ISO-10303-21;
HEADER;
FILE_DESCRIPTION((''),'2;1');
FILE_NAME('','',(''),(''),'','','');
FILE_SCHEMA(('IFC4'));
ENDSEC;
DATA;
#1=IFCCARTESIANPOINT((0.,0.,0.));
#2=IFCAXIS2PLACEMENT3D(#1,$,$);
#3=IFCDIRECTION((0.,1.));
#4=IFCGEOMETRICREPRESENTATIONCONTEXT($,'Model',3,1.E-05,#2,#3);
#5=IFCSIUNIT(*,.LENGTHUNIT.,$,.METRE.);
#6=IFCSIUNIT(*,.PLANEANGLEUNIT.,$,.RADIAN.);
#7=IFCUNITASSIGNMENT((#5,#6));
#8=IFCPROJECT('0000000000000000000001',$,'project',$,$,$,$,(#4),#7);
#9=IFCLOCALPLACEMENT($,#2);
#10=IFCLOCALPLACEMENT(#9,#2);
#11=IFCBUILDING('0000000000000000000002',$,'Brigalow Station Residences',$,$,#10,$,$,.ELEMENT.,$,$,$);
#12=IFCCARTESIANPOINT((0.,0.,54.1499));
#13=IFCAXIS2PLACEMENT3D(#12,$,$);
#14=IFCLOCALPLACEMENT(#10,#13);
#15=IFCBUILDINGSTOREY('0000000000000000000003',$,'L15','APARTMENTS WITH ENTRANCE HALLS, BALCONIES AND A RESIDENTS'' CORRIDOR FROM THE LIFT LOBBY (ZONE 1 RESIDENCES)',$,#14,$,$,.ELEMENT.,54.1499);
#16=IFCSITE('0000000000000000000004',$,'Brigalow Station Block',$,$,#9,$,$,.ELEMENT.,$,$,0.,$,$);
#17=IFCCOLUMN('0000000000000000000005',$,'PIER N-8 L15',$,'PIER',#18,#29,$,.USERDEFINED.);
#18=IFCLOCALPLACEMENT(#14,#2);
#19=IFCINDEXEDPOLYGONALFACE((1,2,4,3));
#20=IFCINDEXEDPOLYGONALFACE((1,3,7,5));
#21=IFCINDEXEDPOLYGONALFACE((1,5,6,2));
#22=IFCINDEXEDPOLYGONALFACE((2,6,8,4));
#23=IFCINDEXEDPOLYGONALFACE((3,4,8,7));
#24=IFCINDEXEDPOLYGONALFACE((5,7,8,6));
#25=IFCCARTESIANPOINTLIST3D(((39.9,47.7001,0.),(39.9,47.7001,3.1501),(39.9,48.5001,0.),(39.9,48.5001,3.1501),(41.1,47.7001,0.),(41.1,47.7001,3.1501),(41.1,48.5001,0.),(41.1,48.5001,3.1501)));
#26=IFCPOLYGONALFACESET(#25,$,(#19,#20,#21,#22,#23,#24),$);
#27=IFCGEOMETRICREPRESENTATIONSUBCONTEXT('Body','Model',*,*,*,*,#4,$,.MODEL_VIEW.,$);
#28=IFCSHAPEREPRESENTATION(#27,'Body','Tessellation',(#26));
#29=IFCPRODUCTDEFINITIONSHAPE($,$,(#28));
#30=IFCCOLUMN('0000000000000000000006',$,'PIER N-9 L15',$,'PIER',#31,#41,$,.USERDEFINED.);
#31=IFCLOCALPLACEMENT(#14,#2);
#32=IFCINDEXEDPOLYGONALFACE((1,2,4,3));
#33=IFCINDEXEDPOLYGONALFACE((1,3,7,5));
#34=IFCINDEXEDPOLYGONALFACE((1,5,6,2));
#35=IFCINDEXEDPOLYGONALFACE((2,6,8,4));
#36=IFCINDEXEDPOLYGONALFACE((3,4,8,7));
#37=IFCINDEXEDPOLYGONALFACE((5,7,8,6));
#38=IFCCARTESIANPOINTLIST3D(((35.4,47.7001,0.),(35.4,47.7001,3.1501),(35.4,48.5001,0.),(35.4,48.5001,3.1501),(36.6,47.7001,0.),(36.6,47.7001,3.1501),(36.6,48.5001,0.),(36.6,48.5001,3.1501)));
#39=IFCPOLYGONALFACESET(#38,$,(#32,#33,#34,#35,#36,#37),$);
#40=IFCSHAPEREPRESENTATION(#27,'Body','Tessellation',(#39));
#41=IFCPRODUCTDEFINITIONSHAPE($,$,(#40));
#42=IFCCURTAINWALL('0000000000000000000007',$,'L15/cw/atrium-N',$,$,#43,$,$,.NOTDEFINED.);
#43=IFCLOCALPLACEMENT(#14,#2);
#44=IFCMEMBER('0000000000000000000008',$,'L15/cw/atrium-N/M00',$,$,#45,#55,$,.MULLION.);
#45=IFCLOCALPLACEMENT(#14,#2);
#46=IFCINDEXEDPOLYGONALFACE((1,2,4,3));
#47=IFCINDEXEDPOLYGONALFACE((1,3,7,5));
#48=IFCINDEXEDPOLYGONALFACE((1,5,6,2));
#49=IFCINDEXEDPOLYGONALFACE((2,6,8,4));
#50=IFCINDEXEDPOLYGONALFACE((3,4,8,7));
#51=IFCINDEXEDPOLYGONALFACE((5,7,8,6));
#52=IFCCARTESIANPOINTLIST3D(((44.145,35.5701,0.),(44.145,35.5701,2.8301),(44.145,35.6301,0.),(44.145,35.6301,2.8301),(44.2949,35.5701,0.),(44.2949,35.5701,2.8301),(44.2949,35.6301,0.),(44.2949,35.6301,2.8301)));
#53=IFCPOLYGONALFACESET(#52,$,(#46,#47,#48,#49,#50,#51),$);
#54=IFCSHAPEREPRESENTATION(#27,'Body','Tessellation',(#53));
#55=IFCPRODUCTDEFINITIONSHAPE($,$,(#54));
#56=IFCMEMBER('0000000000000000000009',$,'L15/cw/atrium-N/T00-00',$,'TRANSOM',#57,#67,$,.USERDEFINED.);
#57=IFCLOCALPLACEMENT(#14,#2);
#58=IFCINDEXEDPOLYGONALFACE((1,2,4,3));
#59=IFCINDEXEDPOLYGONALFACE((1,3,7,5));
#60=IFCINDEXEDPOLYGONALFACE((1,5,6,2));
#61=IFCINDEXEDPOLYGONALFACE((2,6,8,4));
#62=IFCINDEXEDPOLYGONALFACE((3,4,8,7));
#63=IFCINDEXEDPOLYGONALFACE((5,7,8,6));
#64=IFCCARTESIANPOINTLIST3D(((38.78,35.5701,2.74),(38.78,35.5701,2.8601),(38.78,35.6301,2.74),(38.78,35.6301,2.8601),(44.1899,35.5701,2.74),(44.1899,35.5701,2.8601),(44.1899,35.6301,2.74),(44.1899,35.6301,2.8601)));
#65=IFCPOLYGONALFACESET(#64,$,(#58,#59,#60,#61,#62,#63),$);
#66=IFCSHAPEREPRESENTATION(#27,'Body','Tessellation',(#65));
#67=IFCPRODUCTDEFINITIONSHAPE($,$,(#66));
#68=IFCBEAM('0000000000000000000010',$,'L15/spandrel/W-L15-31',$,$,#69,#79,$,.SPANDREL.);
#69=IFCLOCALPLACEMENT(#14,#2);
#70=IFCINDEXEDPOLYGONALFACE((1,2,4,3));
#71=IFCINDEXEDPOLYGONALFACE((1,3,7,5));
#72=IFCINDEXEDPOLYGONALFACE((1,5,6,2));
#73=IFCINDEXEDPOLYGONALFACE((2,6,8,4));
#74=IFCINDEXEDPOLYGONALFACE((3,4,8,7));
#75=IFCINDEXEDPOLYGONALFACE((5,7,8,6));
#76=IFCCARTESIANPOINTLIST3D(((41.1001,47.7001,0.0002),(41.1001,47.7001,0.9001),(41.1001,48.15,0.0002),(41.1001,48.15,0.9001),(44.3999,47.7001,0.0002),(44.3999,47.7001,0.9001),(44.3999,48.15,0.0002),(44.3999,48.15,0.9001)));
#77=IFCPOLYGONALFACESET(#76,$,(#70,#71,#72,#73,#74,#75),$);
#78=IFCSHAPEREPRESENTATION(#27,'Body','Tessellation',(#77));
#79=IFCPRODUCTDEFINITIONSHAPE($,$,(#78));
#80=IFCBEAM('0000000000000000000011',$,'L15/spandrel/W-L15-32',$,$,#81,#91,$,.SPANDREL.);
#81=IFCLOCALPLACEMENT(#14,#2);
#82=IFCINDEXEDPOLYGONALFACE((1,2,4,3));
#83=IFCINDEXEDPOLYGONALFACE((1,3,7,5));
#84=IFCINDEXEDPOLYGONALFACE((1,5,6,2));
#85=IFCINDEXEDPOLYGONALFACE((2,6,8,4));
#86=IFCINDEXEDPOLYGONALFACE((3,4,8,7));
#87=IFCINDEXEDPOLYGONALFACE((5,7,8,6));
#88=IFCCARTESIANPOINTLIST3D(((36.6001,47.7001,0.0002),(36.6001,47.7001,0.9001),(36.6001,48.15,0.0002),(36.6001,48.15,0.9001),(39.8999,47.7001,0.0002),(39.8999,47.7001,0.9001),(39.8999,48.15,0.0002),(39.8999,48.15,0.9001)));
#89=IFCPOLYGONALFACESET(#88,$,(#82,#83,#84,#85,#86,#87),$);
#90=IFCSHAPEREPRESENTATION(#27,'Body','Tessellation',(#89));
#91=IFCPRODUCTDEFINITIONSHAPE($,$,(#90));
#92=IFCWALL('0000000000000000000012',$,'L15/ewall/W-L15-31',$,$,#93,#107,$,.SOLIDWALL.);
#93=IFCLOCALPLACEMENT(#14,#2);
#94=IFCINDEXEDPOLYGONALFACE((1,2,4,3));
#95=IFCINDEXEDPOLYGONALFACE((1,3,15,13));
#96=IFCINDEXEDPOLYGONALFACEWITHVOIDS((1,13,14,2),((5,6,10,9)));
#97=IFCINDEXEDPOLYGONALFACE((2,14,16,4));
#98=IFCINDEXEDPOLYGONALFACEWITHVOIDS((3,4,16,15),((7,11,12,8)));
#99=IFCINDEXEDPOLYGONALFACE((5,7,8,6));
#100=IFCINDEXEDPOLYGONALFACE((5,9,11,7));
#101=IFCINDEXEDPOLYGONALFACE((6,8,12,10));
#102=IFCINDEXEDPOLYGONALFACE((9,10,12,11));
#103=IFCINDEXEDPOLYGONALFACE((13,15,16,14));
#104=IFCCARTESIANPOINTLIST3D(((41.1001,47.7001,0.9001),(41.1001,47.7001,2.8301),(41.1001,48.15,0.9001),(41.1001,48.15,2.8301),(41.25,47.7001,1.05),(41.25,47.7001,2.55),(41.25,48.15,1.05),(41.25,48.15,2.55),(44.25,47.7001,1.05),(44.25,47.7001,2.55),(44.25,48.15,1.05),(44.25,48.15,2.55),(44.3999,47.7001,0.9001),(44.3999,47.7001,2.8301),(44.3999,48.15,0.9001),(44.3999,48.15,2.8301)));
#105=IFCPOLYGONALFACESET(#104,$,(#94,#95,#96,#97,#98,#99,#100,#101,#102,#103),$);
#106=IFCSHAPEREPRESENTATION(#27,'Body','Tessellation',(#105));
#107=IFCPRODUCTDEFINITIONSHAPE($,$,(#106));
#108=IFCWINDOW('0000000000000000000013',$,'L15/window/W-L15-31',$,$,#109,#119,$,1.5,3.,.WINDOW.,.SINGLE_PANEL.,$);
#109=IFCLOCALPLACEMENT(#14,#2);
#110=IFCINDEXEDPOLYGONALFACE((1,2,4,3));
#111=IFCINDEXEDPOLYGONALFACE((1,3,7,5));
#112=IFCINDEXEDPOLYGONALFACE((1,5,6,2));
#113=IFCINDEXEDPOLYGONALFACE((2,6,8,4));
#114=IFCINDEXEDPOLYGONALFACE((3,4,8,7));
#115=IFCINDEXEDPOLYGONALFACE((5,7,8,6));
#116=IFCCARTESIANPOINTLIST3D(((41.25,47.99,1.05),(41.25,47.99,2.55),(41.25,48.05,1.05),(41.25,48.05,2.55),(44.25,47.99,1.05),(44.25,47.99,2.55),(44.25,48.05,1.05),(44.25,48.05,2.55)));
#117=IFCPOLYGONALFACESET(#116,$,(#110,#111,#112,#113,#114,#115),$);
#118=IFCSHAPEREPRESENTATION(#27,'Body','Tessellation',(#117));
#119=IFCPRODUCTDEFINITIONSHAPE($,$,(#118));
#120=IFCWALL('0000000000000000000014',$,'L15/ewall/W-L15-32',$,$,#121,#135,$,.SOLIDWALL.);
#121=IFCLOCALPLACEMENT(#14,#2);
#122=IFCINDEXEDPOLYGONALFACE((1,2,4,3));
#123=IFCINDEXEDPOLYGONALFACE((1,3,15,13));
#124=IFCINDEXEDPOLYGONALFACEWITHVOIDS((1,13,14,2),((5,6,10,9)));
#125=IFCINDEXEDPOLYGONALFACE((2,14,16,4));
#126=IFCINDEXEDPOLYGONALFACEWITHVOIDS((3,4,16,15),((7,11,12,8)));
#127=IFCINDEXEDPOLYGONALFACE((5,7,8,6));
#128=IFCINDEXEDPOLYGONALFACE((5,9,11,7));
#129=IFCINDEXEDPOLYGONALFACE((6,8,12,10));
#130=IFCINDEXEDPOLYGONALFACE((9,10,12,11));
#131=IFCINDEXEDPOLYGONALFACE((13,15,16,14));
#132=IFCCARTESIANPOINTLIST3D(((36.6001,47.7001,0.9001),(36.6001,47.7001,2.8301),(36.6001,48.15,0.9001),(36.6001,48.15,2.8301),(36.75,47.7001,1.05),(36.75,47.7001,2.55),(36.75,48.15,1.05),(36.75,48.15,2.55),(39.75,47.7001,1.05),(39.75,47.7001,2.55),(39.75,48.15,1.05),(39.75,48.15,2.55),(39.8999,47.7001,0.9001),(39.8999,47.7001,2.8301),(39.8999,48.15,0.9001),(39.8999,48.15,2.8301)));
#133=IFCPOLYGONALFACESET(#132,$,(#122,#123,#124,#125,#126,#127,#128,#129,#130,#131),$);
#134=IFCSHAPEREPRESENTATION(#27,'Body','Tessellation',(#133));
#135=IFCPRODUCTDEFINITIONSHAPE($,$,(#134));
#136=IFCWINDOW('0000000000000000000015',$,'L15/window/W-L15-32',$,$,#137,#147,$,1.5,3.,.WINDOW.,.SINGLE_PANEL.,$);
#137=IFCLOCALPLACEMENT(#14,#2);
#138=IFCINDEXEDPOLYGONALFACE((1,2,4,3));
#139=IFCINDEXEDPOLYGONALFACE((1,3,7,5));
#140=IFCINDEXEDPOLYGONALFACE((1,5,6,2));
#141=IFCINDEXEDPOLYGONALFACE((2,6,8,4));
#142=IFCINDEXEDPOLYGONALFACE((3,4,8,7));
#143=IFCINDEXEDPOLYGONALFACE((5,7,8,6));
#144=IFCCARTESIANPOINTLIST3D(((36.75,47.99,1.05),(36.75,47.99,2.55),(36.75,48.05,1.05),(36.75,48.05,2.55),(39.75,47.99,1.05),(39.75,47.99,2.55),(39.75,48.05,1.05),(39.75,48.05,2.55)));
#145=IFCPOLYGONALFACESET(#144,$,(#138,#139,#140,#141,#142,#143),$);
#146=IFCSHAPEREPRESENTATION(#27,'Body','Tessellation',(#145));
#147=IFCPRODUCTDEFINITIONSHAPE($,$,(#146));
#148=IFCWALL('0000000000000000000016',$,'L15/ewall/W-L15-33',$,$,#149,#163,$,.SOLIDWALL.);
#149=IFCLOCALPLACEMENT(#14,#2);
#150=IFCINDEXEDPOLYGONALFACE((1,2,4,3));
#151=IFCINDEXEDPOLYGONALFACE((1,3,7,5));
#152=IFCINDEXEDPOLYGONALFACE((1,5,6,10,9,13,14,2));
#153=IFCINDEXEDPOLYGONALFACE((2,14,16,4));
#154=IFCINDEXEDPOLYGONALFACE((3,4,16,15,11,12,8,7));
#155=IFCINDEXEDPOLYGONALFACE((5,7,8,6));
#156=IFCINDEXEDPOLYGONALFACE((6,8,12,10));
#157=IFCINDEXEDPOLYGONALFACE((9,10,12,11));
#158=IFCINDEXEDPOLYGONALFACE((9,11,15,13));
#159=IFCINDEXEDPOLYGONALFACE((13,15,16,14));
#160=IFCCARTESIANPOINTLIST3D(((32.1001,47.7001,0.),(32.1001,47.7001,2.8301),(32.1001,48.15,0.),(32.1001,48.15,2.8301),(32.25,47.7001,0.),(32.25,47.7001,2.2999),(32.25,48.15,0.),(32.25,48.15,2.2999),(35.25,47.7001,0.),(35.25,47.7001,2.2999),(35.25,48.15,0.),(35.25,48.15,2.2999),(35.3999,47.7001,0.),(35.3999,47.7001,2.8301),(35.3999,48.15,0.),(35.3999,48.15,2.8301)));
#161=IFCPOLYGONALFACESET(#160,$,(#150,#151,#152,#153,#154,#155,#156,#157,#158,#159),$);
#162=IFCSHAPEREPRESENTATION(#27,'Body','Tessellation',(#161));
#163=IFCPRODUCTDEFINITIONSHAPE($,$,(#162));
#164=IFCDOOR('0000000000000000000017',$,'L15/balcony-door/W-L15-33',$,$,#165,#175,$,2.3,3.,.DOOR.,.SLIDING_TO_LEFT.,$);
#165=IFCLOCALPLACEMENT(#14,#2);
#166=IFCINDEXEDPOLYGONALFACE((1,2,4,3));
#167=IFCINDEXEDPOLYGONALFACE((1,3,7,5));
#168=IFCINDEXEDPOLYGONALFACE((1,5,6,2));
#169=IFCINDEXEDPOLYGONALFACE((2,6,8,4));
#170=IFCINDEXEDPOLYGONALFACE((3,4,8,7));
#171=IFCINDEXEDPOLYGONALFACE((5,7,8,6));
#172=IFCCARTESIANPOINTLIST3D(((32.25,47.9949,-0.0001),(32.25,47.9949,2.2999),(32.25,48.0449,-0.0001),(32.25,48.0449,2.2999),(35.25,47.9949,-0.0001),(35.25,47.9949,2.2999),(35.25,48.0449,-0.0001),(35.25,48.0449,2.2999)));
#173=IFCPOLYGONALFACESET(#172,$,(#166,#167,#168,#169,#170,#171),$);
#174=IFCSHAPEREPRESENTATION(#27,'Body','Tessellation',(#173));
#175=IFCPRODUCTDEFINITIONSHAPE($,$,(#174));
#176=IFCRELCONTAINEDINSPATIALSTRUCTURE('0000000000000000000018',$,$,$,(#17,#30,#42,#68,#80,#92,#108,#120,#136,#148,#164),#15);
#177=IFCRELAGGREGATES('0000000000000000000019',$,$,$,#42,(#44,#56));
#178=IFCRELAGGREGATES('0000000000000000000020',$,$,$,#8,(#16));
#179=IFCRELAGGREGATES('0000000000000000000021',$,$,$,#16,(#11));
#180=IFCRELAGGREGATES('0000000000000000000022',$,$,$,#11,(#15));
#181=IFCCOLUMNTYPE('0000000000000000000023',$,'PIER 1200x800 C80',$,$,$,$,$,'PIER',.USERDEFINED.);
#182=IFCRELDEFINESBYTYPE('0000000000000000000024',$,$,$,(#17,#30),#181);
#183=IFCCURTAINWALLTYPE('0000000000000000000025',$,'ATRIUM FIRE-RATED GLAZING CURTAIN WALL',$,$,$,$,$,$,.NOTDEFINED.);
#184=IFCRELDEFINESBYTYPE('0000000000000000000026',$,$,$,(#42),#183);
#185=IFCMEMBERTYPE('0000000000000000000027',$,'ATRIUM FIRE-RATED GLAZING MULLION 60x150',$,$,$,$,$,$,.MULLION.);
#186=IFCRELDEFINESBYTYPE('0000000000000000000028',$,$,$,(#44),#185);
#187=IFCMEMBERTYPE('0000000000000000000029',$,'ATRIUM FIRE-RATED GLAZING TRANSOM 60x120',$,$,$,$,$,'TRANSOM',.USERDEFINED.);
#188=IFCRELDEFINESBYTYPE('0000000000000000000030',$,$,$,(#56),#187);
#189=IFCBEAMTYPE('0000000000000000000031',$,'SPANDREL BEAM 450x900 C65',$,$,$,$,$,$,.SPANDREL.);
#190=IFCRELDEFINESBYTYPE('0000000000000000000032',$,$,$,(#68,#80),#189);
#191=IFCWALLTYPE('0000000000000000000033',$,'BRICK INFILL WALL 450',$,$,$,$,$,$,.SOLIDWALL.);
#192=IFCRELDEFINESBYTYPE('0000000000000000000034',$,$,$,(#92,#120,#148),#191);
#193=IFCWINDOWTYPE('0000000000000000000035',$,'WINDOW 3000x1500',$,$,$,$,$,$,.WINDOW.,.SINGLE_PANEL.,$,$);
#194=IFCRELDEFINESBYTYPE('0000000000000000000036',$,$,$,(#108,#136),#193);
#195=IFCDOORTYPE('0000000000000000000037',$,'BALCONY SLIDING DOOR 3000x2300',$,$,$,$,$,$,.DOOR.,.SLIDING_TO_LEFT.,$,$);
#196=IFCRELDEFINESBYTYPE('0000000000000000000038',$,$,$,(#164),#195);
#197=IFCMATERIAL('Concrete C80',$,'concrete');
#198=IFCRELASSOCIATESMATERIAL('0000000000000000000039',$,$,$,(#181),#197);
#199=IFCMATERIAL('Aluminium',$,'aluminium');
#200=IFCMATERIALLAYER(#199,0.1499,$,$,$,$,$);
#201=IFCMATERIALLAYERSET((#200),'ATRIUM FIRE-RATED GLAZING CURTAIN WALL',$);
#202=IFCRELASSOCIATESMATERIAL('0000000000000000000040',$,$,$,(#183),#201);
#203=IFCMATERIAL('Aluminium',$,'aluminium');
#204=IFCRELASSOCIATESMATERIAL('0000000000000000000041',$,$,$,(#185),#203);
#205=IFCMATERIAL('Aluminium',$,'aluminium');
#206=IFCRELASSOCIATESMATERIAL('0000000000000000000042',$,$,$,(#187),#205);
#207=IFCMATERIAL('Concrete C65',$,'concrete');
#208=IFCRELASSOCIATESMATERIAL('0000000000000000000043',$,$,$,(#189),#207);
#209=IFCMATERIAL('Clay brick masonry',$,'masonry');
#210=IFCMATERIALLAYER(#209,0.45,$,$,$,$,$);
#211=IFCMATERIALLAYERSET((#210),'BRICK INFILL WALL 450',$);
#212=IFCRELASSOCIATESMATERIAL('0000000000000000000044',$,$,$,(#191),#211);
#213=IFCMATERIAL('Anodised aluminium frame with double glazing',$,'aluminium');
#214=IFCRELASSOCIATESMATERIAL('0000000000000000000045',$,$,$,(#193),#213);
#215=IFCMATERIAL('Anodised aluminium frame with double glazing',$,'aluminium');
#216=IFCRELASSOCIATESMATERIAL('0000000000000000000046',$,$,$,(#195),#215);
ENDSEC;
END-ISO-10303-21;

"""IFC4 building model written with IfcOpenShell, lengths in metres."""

from ifc_helpers import new_model, si_unit, direction, frame, frame_2d, origin, origin_2d, place, context, subcontext, project, spatial, rectangle, extrude, material, layer, layer_set, material_profile, profile_set, type_object, element, fill, aggregate, save


model = new_model("IFC4")

# Units and contexts
model_context = context("Model", 3, precision=1e-05, world=origin(), true_north=direction((0.0, 1.0)))
body_context = subcontext(model_context, "Body", "Model", "MODEL_VIEW")
ifc_project = project(units=[si_unit("LENGTHUNIT", "METRE"), si_unit("PLANEANGLEUNIT", "RADIAN")], contexts=[model_context])

# Site, building, storey
site_placement = place(None, origin())
site = spatial("IfcSite", under=ifc_project, at=site_placement, Name="Brigalow Station Block", CompositionType="ELEMENT", RefElevation=0.0)
building_placement = place(site_placement, origin())
building = spatial("IfcBuilding", under=site, at=building_placement, Name="Brigalow Station Residences", CompositionType="ELEMENT")
storey_placement = place(building_placement, frame((0.0, 0.0, 54.1499)))
storey = spatial("IfcBuildingStorey", under=building, at=storey_placement, Name="L15", Description="APARTMENTS WITH ENTRANCE HALLS, BALCONIES AND A RESIDENTS' CORRIDOR FROM THE LIFT LOBBY (ZONE 1 RESIDENCES)", CompositionType="ELEMENT", Elevation=54.1499)

# Columns
ifc_material_1 = material(Name="Concrete C80", Category="concrete")
ifc_material_profile_1 = material_profile(ifc_material_1, rectangle(XDim=1.2, YDim=0.8, at=origin_2d()), Name="RC1200x800")
ifc_profile_set_1 = profile_set([ifc_material_profile_1], Name="Concrete C80")
column_type = type_object("IfcColumnType", Name="PIER 1200x800 C80", ElementType="PIER", PredefinedType="USERDEFINED", material=ifc_profile_set_1)
for number, where, z_axis, x_axis, name in (
    (1, (40.5, 48.1001, 0.0), (0.0, 0.0, 1.0), (-1.0, 0.0, 0.0), "PIER N-8 L15"),
    (2, (36.0, 48.1001, 0.0), (0.0, 0.0, 1.0), (-1.0, 0.0, 0.0), "PIER N-9 L15"),
):
    element("IfcColumn", number, at=place(storey_placement, frame(where, z_axis=z_axis, x_axis=x_axis)), inside=storey, type_object=column_type, Name=name, ObjectType="PIER", PredefinedType="USERDEFINED", context=body_context, shape_type="SweptSolid", body=[
        extrude(rectangle(XDim=1.2, YDim=0.8, at=origin_2d()), origin(), (0.0, 0.0, 1.0), 3.1501),
    ])

# Curtain wall, members
ifc_material_2 = material(Name="Aluminium", Category="aluminium")
ifc_layer_1 = layer(ifc_material_2, 0.1499)
ifc_layer_set_1 = layer_set([ifc_layer_1], Name="ATRIUM FIRE-RATED GLAZING CURTAIN WALL")
curtain_wall_type = type_object("IfcCurtainWallType", Name="ATRIUM FIRE-RATED GLAZING CURTAIN WALL", PredefinedType="NOTDEFINED", material=ifc_layer_set_1)
curtain_wall_placement = place(storey_placement, origin())
curtain_wall = element("IfcCurtainWall", 3, at=curtain_wall_placement, inside=storey, type_object=curtain_wall_type, Name="L15/cw/atrium-N", PredefinedType="NOTDEFINED")
ifc_material_3 = material(Name="Aluminium", Category="aluminium")
ifc_material_profile_2 = material_profile(ifc_material_3, rectangle(XDim=0.0601, YDim=0.1499, at=origin_2d()), Name="ATRIUM FIRE-RATED GLAZING MULLION 60x150")
ifc_profile_set_2 = profile_set([ifc_material_profile_2], Name="Aluminium")
member_type_1 = type_object("IfcMemberType", Name="ATRIUM FIRE-RATED GLAZING MULLION 60x150", PredefinedType="MULLION", material=ifc_profile_set_2)
member_1_placement = place(storey_placement, frame((44.22, 35.6001, 0.0), z_axis=(0.0, 0.0, 1.0), x_axis=(0.0, -1.0, 0.0)))
member_1 = element("IfcMember", 4, at=member_1_placement, type_object=member_type_1, Name="L15/cw/atrium-N/M00", PredefinedType="MULLION", context=body_context, shape_type="SweptSolid", body=[
    extrude(rectangle(XDim=0.0601, YDim=0.1499, at=origin_2d()), origin(), (0.0, 0.0, 1.0), 2.8301),
])
ifc_material_4 = material(Name="Aluminium", Category="aluminium")
ifc_material_profile_3 = material_profile(ifc_material_4, rectangle(XDim=0.0601, YDim=0.1201, at=origin_2d()), Name="ATRIUM FIRE-RATED GLAZING TRANSOM 60x120")
ifc_profile_set_3 = profile_set([ifc_material_profile_3], Name="Aluminium")
member_type_2 = type_object("IfcMemberType", Name="ATRIUM FIRE-RATED GLAZING TRANSOM 60x120", ElementType="TRANSOM", PredefinedType="USERDEFINED", material=ifc_profile_set_3)
member_2_placement = place(storey_placement, frame((44.1899, 35.6001, 2.8), z_axis=(-1.0, 0.0, 0.0), x_axis=(0.0, -1.0, 0.0)))
member_2 = element("IfcMember", 5, at=member_2_placement, type_object=member_type_2, Name="L15/cw/atrium-N/T00-00", ObjectType="TRANSOM", PredefinedType="USERDEFINED", context=body_context, shape_type="SweptSolid", body=[
    extrude(rectangle(XDim=0.0601, YDim=0.1201, at=origin_2d()), origin(), (0.0, 0.0, 1.0), 5.4099),
])
aggregate(curtain_wall, [member_1, member_2])

# Beams
ifc_material_5 = material(Name="Concrete C65", Category="concrete")
ifc_material_profile_4 = material_profile(ifc_material_5, rectangle(XDim=0.45, YDim=0.8999, at=origin_2d()), Name="RC450x900")
ifc_profile_set_4 = profile_set([ifc_material_profile_4], Name="Concrete C65")
beam_type = type_object("IfcBeamType", Name="SPANDREL BEAM 450x900 C65", PredefinedType="SPANDREL", material=ifc_profile_set_4)
for number, where, z_axis, x_axis, name in (
    (6, (44.3999, 47.925, 0.4502), (-1.0, 0.0, 0.0), (0.0, -1.0, 0.0), "L15/spandrel/W-L15-31"),
    (7, (39.8999, 47.925, 0.4502), (-1.0, 0.0, 0.0), (0.0, -1.0, 0.0), "L15/spandrel/W-L15-32"),
):
    element("IfcBeam", number, at=place(storey_placement, frame(where, z_axis=z_axis, x_axis=x_axis)), inside=storey, type_object=beam_type, Name=name, PredefinedType="SPANDREL", context=body_context, shape_type="SweptSolid", body=[
        extrude(rectangle(XDim=0.45, YDim=0.8999, at=origin_2d()), origin(), (0.0, 0.0, 1.0), 3.2998),
    ])

# Walls, openings, windows
ifc_material_6 = material(Name="Clay brick masonry", Category="masonry")
ifc_layer_2 = layer(ifc_material_6, 0.45)
ifc_layer_set_2 = layer_set([ifc_layer_2], Name="BRICK INFILL WALL 450")
wall_type_1 = type_object("IfcWallType", Name="BRICK INFILL WALL 450", PredefinedType="SOLIDWALL", material=ifc_layer_set_2)
wall_1_placement = place(storey_placement, frame((44.3999, 47.925, 0.9001), z_axis=(0.0, 0.0, 1.0), x_axis=(-1.0, 0.0, 0.0)))
wall_1 = element("IfcWall", 8, at=wall_1_placement, inside=storey, type_object=wall_type_1, Name="L15/ewall/W-L15-31", PredefinedType="SOLIDWALL", context=body_context, shape_type="SweptSolid", body=[
    extrude(rectangle(XDim=3.2998, YDim=0.45, at=frame_2d((1.6499, 0.0))), origin(), (0.0, 0.0, 1.0), 1.9299),
])
opening_1_placement = place(wall_1_placement, frame((0.1499, 0.0, 0.1499)))
opening_1 = element("IfcOpeningElement", 9, at=opening_1_placement, cuts=wall_1, PredefinedType="OPENING", context=body_context, shape_type="SweptSolid", body=[
    extrude(rectangle(XDim=3.0, YDim=1.5, at=frame_2d((1.5, 0.75))), frame((0.0, 0.2349, 0.0), z_axis=(0.0, -1.0, 0.0), x_axis=(1.0, 0.0, 0.0)), (0.0, 0.0, 1.0), 0.47),
])
ifc_material_7 = material(Name="Anodised aluminium frame with double glazing", Category="aluminium")
window_type = type_object("IfcWindowType", Name="WINDOW 3000x1500", PartitioningType="SINGLE_PANEL", PredefinedType="WINDOW", material=ifc_material_7)
window_1_placement = place(opening_1_placement, origin())
window_1 = element("IfcWindow", 10, at=window_1_placement, inside=storey, type_object=window_type, Name="L15/window/W-L15-31", OverallHeight=1.5, OverallWidth=3.0, PartitioningType="SINGLE_PANEL", PredefinedType="WINDOW", context=body_context, shape_type="SweptSolid", body=[
    extrude(rectangle(XDim=3.0, YDim=1.5, at=frame_2d((1.5, 0.75))), frame((0.0, -0.0649, 0.0), z_axis=(0.0, -1.0, 0.0), x_axis=(1.0, 0.0, 0.0)), (0.0, 0.0, 1.0), 0.0601),
])
fill(opening_1, window_1)
wall_2_placement = place(storey_placement, frame((39.8999, 47.925, 0.9001), z_axis=(0.0, 0.0, 1.0), x_axis=(-1.0, 0.0, 0.0)))
wall_2 = element("IfcWall", 11, at=wall_2_placement, inside=storey, type_object=wall_type_1, Name="L15/ewall/W-L15-32", PredefinedType="SOLIDWALL", context=body_context, shape_type="SweptSolid", body=[
    extrude(rectangle(XDim=3.2998, YDim=0.45, at=frame_2d((1.6499, 0.0))), origin(), (0.0, 0.0, 1.0), 1.9299),
])
opening_2_placement = place(wall_2_placement, frame((0.1499, 0.0, 0.1499)))
opening_2 = element("IfcOpeningElement", 12, at=opening_2_placement, cuts=wall_2, PredefinedType="OPENING", context=body_context, shape_type="SweptSolid", body=[
    extrude(rectangle(XDim=3.0, YDim=1.5, at=frame_2d((1.5, 0.75))), frame((0.0, 0.2349, 0.0), z_axis=(0.0, -1.0, 0.0), x_axis=(1.0, 0.0, 0.0)), (0.0, 0.0, 1.0), 0.47),
])
window_2_placement = place(opening_2_placement, origin())
window_2 = element("IfcWindow", 13, at=window_2_placement, inside=storey, type_object=window_type, Name="L15/window/W-L15-32", OverallHeight=1.5, OverallWidth=3.0, PartitioningType="SINGLE_PANEL", PredefinedType="WINDOW", context=body_context, shape_type="SweptSolid", body=[
    extrude(rectangle(XDim=3.0, YDim=1.5, at=frame_2d((1.5, 0.75))), frame((0.0, -0.0649, 0.0), z_axis=(0.0, -1.0, 0.0), x_axis=(1.0, 0.0, 0.0)), (0.0, 0.0, 1.0), 0.0601),
])
fill(opening_2, window_2)

# Wall, opening, door
wall_3_placement = place(storey_placement, frame((35.3999, 47.925, 0.0), z_axis=(0.0, 0.0, 1.0), x_axis=(-1.0, 0.0, 0.0)))
wall_3 = element("IfcWall", 14, at=wall_3_placement, inside=storey, type_object=wall_type_1, Name="L15/ewall/W-L15-33", PredefinedType="SOLIDWALL", context=body_context, shape_type="SweptSolid", body=[
    extrude(rectangle(XDim=3.2998, YDim=0.45, at=frame_2d((1.6499, 0.0))), origin(), (0.0, 0.0, 1.0), 2.8301),
])
opening_3_placement = place(wall_3_placement, frame((0.1499, 0.0, 0.0)))
opening_3 = element("IfcOpeningElement", 15, at=opening_3_placement, cuts=wall_3, PredefinedType="OPENING", context=body_context, shape_type="SweptSolid", body=[
    extrude(rectangle(XDim=3.0, YDim=2.3, at=frame_2d((1.5, 1.1499))), frame((0.0, 0.2349, 0.0), z_axis=(0.0, -1.0, 0.0), x_axis=(1.0, 0.0, 0.0)), (0.0, 0.0, 1.0), 0.47),
])
ifc_material_8 = material(Name="Anodised aluminium frame with double glazing", Category="aluminium")
door_type_1 = type_object("IfcDoorType", Name="BALCONY SLIDING DOOR 3000x2300", OperationType="SLIDING_TO_LEFT", PredefinedType="DOOR", material=ifc_material_8)
door_1_placement = place(opening_3_placement, origin())
door_1 = element("IfcDoor", 16, at=door_1_placement, inside=storey, type_object=door_type_1, Name="L15/balcony-door/W-L15-33", OperationType="SLIDING_TO_LEFT", OverallHeight=2.3, OverallWidth=3.0, PredefinedType="DOOR", context=body_context, shape_type="SweptSolid", body=[
    extrude(rectangle(XDim=3.0, YDim=2.3, at=frame_2d((1.5, 1.1499))), frame((0.0, -0.0698, 0.0), z_axis=(0.0, -1.0, 0.0), x_axis=(1.0, 0.0, 0.0)), (0.0, 0.0, 1.0), 0.05),
])
fill(opening_3, door_1)

save(model, "model.ifc")
